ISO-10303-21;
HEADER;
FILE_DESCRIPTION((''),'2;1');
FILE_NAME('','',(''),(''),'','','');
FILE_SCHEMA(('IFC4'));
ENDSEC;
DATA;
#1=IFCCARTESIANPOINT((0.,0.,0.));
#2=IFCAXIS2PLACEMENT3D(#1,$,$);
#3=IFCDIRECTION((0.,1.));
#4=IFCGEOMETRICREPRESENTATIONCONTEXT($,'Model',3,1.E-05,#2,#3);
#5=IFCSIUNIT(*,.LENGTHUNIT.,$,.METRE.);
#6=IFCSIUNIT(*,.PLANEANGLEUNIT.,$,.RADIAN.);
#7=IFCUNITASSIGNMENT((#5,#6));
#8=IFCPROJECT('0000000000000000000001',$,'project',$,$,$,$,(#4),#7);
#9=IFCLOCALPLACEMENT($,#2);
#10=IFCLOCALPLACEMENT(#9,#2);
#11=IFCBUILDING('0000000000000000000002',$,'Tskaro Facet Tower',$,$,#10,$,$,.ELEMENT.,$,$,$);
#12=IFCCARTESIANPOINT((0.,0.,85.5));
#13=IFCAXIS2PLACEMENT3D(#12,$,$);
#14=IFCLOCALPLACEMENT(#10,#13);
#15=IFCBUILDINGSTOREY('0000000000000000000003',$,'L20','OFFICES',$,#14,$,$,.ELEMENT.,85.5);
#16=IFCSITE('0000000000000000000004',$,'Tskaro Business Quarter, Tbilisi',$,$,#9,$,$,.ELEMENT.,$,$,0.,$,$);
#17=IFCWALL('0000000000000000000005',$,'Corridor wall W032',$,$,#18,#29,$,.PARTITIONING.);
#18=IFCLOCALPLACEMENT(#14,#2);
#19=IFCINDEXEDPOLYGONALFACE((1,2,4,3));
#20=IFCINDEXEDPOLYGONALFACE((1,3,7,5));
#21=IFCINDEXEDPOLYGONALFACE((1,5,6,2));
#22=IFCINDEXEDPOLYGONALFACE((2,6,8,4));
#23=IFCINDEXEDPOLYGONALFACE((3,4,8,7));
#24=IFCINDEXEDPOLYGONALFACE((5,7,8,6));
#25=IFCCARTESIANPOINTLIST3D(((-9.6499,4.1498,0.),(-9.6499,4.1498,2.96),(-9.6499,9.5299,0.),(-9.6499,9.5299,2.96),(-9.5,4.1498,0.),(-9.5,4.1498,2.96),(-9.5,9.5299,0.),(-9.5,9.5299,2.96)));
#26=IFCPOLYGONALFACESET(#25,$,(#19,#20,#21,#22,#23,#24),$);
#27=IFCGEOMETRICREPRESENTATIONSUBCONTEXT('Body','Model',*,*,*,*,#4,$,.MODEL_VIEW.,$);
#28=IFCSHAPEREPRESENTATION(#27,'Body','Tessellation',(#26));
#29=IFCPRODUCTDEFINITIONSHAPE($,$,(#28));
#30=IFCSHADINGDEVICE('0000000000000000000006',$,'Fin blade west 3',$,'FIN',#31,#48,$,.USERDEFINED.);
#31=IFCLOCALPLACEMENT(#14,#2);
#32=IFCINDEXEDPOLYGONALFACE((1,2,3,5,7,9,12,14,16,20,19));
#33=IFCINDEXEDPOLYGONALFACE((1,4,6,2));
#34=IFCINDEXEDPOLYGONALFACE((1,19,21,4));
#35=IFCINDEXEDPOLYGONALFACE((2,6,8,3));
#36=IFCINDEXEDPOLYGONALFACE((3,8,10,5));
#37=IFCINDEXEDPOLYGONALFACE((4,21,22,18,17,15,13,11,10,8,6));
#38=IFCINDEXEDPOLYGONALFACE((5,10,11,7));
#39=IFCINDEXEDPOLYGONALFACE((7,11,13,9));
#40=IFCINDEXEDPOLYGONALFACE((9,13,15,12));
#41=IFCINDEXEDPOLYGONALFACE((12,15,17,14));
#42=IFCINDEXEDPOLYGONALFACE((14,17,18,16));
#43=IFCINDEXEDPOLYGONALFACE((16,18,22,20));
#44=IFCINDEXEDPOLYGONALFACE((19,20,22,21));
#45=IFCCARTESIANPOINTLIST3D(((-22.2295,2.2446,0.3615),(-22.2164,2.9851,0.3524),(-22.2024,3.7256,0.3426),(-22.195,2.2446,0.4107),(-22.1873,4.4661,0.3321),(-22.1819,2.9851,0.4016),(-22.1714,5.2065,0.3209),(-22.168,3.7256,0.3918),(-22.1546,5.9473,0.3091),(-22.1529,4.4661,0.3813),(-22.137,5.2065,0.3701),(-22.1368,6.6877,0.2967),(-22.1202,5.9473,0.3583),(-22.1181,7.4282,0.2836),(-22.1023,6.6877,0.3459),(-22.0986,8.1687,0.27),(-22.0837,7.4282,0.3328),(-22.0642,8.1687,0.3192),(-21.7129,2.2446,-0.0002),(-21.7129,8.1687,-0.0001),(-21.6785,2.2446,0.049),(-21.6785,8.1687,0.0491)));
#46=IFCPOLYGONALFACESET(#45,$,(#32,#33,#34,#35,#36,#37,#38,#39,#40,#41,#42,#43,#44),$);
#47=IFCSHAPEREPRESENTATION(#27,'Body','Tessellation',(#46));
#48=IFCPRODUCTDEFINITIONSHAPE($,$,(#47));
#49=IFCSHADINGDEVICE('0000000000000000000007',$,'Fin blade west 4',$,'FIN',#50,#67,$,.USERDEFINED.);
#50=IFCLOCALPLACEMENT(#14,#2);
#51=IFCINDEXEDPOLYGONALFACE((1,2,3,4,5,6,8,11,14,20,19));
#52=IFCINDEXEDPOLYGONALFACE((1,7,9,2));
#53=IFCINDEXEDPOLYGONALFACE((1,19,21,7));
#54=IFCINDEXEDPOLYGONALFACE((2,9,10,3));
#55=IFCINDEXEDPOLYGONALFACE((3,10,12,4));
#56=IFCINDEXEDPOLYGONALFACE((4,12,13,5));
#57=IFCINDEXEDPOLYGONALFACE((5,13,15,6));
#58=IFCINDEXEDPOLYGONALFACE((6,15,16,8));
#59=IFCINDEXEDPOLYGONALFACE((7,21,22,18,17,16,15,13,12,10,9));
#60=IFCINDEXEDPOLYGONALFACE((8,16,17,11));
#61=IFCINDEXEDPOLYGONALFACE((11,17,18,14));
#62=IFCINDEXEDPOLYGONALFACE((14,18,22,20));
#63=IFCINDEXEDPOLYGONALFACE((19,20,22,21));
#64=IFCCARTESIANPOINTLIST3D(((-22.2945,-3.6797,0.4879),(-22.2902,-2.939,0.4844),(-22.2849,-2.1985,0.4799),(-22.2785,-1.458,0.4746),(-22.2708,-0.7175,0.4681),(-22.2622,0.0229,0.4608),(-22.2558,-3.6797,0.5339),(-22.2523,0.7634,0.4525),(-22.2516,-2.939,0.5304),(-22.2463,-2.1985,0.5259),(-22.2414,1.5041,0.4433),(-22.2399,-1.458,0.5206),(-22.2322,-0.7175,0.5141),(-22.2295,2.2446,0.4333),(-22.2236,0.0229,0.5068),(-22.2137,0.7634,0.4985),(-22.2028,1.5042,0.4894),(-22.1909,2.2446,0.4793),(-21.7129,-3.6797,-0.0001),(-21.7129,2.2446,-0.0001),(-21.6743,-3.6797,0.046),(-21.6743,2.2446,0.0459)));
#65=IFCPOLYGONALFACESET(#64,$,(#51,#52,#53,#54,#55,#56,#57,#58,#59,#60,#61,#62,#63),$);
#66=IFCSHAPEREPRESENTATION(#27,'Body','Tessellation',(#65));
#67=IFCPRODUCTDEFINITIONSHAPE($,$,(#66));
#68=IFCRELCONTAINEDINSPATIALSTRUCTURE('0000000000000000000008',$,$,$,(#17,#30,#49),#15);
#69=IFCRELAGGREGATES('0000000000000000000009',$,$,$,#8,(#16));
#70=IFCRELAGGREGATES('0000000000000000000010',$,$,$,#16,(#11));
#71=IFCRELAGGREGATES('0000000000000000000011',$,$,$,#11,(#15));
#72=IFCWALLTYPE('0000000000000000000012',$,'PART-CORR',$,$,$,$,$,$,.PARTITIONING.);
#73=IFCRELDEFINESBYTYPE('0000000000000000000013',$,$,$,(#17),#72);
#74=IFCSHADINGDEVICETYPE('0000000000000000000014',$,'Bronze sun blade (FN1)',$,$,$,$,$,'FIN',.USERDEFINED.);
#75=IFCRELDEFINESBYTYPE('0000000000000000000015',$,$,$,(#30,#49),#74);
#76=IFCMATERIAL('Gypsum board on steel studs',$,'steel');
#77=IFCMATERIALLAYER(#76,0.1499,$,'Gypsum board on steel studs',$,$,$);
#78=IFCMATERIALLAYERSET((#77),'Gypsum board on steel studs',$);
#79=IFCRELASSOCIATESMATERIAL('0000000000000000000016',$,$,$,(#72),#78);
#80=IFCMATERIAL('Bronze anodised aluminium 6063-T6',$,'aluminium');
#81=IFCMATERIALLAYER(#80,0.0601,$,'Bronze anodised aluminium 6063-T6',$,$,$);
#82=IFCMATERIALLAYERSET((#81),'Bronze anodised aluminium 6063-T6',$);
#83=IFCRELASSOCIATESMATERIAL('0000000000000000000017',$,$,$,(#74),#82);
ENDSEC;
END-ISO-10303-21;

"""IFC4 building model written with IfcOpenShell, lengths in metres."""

from ifc_helpers import new_model, si_unit, direction, frame, frame_2d, origin, place, context, subcontext, project, spatial, polyline, rectangle, outline, extrude, material, layer, layer_set, type_object, element, save


model = new_model("IFC4")

# Units and contexts
model_context = context("Model", 3, precision=1e-05, world=origin(), true_north=direction((0.0, 1.0)))
body_context = subcontext(model_context, "Body", "Model", "MODEL_VIEW")
ifc_project = project(units=[si_unit("LENGTHUNIT", "METRE"), si_unit("PLANEANGLEUNIT", "RADIAN")], contexts=[model_context])

# Site, building, storey
site_placement = place(None, origin())
site = spatial("IfcSite", under=ifc_project, at=site_placement, Name="Tskaro Business Quarter, Tbilisi", CompositionType="ELEMENT", RefElevation=0.0)
building_placement = place(site_placement, origin())
building = spatial("IfcBuilding", under=site, at=building_placement, Name="Tskaro Facet Tower", CompositionType="ELEMENT")
storey_placement = place(building_placement, frame((0.0, 0.0, 85.5)))
storey = spatial("IfcBuildingStorey", under=building, at=storey_placement, Name="L20", Description="OFFICES", CompositionType="ELEMENT", Elevation=85.5)

# Shared definitions
ifc_material_1 = material(Name="Bronze anodised aluminium 6063-T6", Category="aluminium")

# Shared definitions
ifc_material_2 = material(Name="Gypsum board on steel studs", Category="steel")
ifc_layer_1 = layer(ifc_material_2, 0.1499, Name="Gypsum board on steel studs")
ifc_layer_set_1 = layer_set([ifc_layer_1], Name="Gypsum board on steel studs")
wall_type_1 = type_object("IfcWallType", Name="PART-CORR", PredefinedType="PARTITIONING", material=ifc_layer_set_1)

# Wall
wall_1_placement = place(storey_placement, frame((-9.575, 4.1499, 0.0), z_axis=(0.0, 0.0, 1.0), x_axis=(0.0, 1.0, 0.0)))
element("IfcWall", 1, at=wall_1_placement, inside=storey, type_object=wall_type_1, Name="Corridor wall W032", PredefinedType="PARTITIONING", context=body_context, shape_type="SweptSolid", body=[
    extrude(rectangle(XDim=5.3801, YDim=0.1499, at=frame_2d((2.6899, 0.0))), origin(), (0.0, 0.0, 1.0), 2.96),
])

# Shading devices
ifc_layer_2 = layer(ifc_material_1, 0.0601, Name="Bronze anodised aluminium 6063-T6")
ifc_layer_set_2 = layer_set([ifc_layer_2], Name="Bronze anodised aluminium 6063-T6")
shading_device_type = type_object("IfcShadingDeviceType", Name="Bronze sun blade (FN1)", ElementType="FIN", PredefinedType="USERDEFINED", material=ifc_layer_set_2)
shading_device_1_placement = place(storey_placement, frame((-21.6785, 8.1687, 0.0491), z_axis=(0.573602, -0.000008, 0.819134), x_axis=(-0.000005, -1.0, -0.000007)))
element("IfcShadingDevice", 2, at=shading_device_1_placement, inside=storey, type_object=shading_device_type, Name="Fin blade west 3", ObjectType="FIN", PredefinedType="USERDEFINED", context=body_context, shape_type="SweptSolid", body=[
    extrude(outline(polyline([(0.0, 0.0), (5.9241, 0.0), (5.9241, -0.6306), (5.1836, -0.6146), (4.4431, -0.5976), (3.7026, -0.5792), (2.9622, -0.5597), (2.2214, -0.5392), (1.481, -0.5175), (0.7405, -0.4947), (0.0, -0.4709), (0.0, 0.0)])), origin(), (0.0, 0.0, -1.0), 0.0601),
])
shading_device_2_placement = place(storey_placement, frame((-21.6743, 2.2446, 0.0459), z_axis=(0.642779, 0.000012, 0.766052), x_axis=(0.000008, -1.0, 0.00001)))
element("IfcShadingDevice", 3, at=shading_device_2_placement, inside=storey, type_object=shading_device_type, Name="Fin blade west 4", ObjectType="FIN", PredefinedType="USERDEFINED", context=body_context, shape_type="SweptSolid", body=[
    extrude(outline(polyline([(0.0, 0.0), (5.9243, 0.0), (5.9243, -0.7592), (5.1836, -0.7537), (4.4431, -0.7467), (3.7026, -0.7384), (2.9622, -0.7283), (2.2217, -0.7171), (1.4812, -0.7041), (0.7405, -0.6899), (0.0, -0.6743), (0.0, 0.0)])), origin(), (0.0, 0.0, -1.0), 0.0601),
])

save(model, "model.ifc")
